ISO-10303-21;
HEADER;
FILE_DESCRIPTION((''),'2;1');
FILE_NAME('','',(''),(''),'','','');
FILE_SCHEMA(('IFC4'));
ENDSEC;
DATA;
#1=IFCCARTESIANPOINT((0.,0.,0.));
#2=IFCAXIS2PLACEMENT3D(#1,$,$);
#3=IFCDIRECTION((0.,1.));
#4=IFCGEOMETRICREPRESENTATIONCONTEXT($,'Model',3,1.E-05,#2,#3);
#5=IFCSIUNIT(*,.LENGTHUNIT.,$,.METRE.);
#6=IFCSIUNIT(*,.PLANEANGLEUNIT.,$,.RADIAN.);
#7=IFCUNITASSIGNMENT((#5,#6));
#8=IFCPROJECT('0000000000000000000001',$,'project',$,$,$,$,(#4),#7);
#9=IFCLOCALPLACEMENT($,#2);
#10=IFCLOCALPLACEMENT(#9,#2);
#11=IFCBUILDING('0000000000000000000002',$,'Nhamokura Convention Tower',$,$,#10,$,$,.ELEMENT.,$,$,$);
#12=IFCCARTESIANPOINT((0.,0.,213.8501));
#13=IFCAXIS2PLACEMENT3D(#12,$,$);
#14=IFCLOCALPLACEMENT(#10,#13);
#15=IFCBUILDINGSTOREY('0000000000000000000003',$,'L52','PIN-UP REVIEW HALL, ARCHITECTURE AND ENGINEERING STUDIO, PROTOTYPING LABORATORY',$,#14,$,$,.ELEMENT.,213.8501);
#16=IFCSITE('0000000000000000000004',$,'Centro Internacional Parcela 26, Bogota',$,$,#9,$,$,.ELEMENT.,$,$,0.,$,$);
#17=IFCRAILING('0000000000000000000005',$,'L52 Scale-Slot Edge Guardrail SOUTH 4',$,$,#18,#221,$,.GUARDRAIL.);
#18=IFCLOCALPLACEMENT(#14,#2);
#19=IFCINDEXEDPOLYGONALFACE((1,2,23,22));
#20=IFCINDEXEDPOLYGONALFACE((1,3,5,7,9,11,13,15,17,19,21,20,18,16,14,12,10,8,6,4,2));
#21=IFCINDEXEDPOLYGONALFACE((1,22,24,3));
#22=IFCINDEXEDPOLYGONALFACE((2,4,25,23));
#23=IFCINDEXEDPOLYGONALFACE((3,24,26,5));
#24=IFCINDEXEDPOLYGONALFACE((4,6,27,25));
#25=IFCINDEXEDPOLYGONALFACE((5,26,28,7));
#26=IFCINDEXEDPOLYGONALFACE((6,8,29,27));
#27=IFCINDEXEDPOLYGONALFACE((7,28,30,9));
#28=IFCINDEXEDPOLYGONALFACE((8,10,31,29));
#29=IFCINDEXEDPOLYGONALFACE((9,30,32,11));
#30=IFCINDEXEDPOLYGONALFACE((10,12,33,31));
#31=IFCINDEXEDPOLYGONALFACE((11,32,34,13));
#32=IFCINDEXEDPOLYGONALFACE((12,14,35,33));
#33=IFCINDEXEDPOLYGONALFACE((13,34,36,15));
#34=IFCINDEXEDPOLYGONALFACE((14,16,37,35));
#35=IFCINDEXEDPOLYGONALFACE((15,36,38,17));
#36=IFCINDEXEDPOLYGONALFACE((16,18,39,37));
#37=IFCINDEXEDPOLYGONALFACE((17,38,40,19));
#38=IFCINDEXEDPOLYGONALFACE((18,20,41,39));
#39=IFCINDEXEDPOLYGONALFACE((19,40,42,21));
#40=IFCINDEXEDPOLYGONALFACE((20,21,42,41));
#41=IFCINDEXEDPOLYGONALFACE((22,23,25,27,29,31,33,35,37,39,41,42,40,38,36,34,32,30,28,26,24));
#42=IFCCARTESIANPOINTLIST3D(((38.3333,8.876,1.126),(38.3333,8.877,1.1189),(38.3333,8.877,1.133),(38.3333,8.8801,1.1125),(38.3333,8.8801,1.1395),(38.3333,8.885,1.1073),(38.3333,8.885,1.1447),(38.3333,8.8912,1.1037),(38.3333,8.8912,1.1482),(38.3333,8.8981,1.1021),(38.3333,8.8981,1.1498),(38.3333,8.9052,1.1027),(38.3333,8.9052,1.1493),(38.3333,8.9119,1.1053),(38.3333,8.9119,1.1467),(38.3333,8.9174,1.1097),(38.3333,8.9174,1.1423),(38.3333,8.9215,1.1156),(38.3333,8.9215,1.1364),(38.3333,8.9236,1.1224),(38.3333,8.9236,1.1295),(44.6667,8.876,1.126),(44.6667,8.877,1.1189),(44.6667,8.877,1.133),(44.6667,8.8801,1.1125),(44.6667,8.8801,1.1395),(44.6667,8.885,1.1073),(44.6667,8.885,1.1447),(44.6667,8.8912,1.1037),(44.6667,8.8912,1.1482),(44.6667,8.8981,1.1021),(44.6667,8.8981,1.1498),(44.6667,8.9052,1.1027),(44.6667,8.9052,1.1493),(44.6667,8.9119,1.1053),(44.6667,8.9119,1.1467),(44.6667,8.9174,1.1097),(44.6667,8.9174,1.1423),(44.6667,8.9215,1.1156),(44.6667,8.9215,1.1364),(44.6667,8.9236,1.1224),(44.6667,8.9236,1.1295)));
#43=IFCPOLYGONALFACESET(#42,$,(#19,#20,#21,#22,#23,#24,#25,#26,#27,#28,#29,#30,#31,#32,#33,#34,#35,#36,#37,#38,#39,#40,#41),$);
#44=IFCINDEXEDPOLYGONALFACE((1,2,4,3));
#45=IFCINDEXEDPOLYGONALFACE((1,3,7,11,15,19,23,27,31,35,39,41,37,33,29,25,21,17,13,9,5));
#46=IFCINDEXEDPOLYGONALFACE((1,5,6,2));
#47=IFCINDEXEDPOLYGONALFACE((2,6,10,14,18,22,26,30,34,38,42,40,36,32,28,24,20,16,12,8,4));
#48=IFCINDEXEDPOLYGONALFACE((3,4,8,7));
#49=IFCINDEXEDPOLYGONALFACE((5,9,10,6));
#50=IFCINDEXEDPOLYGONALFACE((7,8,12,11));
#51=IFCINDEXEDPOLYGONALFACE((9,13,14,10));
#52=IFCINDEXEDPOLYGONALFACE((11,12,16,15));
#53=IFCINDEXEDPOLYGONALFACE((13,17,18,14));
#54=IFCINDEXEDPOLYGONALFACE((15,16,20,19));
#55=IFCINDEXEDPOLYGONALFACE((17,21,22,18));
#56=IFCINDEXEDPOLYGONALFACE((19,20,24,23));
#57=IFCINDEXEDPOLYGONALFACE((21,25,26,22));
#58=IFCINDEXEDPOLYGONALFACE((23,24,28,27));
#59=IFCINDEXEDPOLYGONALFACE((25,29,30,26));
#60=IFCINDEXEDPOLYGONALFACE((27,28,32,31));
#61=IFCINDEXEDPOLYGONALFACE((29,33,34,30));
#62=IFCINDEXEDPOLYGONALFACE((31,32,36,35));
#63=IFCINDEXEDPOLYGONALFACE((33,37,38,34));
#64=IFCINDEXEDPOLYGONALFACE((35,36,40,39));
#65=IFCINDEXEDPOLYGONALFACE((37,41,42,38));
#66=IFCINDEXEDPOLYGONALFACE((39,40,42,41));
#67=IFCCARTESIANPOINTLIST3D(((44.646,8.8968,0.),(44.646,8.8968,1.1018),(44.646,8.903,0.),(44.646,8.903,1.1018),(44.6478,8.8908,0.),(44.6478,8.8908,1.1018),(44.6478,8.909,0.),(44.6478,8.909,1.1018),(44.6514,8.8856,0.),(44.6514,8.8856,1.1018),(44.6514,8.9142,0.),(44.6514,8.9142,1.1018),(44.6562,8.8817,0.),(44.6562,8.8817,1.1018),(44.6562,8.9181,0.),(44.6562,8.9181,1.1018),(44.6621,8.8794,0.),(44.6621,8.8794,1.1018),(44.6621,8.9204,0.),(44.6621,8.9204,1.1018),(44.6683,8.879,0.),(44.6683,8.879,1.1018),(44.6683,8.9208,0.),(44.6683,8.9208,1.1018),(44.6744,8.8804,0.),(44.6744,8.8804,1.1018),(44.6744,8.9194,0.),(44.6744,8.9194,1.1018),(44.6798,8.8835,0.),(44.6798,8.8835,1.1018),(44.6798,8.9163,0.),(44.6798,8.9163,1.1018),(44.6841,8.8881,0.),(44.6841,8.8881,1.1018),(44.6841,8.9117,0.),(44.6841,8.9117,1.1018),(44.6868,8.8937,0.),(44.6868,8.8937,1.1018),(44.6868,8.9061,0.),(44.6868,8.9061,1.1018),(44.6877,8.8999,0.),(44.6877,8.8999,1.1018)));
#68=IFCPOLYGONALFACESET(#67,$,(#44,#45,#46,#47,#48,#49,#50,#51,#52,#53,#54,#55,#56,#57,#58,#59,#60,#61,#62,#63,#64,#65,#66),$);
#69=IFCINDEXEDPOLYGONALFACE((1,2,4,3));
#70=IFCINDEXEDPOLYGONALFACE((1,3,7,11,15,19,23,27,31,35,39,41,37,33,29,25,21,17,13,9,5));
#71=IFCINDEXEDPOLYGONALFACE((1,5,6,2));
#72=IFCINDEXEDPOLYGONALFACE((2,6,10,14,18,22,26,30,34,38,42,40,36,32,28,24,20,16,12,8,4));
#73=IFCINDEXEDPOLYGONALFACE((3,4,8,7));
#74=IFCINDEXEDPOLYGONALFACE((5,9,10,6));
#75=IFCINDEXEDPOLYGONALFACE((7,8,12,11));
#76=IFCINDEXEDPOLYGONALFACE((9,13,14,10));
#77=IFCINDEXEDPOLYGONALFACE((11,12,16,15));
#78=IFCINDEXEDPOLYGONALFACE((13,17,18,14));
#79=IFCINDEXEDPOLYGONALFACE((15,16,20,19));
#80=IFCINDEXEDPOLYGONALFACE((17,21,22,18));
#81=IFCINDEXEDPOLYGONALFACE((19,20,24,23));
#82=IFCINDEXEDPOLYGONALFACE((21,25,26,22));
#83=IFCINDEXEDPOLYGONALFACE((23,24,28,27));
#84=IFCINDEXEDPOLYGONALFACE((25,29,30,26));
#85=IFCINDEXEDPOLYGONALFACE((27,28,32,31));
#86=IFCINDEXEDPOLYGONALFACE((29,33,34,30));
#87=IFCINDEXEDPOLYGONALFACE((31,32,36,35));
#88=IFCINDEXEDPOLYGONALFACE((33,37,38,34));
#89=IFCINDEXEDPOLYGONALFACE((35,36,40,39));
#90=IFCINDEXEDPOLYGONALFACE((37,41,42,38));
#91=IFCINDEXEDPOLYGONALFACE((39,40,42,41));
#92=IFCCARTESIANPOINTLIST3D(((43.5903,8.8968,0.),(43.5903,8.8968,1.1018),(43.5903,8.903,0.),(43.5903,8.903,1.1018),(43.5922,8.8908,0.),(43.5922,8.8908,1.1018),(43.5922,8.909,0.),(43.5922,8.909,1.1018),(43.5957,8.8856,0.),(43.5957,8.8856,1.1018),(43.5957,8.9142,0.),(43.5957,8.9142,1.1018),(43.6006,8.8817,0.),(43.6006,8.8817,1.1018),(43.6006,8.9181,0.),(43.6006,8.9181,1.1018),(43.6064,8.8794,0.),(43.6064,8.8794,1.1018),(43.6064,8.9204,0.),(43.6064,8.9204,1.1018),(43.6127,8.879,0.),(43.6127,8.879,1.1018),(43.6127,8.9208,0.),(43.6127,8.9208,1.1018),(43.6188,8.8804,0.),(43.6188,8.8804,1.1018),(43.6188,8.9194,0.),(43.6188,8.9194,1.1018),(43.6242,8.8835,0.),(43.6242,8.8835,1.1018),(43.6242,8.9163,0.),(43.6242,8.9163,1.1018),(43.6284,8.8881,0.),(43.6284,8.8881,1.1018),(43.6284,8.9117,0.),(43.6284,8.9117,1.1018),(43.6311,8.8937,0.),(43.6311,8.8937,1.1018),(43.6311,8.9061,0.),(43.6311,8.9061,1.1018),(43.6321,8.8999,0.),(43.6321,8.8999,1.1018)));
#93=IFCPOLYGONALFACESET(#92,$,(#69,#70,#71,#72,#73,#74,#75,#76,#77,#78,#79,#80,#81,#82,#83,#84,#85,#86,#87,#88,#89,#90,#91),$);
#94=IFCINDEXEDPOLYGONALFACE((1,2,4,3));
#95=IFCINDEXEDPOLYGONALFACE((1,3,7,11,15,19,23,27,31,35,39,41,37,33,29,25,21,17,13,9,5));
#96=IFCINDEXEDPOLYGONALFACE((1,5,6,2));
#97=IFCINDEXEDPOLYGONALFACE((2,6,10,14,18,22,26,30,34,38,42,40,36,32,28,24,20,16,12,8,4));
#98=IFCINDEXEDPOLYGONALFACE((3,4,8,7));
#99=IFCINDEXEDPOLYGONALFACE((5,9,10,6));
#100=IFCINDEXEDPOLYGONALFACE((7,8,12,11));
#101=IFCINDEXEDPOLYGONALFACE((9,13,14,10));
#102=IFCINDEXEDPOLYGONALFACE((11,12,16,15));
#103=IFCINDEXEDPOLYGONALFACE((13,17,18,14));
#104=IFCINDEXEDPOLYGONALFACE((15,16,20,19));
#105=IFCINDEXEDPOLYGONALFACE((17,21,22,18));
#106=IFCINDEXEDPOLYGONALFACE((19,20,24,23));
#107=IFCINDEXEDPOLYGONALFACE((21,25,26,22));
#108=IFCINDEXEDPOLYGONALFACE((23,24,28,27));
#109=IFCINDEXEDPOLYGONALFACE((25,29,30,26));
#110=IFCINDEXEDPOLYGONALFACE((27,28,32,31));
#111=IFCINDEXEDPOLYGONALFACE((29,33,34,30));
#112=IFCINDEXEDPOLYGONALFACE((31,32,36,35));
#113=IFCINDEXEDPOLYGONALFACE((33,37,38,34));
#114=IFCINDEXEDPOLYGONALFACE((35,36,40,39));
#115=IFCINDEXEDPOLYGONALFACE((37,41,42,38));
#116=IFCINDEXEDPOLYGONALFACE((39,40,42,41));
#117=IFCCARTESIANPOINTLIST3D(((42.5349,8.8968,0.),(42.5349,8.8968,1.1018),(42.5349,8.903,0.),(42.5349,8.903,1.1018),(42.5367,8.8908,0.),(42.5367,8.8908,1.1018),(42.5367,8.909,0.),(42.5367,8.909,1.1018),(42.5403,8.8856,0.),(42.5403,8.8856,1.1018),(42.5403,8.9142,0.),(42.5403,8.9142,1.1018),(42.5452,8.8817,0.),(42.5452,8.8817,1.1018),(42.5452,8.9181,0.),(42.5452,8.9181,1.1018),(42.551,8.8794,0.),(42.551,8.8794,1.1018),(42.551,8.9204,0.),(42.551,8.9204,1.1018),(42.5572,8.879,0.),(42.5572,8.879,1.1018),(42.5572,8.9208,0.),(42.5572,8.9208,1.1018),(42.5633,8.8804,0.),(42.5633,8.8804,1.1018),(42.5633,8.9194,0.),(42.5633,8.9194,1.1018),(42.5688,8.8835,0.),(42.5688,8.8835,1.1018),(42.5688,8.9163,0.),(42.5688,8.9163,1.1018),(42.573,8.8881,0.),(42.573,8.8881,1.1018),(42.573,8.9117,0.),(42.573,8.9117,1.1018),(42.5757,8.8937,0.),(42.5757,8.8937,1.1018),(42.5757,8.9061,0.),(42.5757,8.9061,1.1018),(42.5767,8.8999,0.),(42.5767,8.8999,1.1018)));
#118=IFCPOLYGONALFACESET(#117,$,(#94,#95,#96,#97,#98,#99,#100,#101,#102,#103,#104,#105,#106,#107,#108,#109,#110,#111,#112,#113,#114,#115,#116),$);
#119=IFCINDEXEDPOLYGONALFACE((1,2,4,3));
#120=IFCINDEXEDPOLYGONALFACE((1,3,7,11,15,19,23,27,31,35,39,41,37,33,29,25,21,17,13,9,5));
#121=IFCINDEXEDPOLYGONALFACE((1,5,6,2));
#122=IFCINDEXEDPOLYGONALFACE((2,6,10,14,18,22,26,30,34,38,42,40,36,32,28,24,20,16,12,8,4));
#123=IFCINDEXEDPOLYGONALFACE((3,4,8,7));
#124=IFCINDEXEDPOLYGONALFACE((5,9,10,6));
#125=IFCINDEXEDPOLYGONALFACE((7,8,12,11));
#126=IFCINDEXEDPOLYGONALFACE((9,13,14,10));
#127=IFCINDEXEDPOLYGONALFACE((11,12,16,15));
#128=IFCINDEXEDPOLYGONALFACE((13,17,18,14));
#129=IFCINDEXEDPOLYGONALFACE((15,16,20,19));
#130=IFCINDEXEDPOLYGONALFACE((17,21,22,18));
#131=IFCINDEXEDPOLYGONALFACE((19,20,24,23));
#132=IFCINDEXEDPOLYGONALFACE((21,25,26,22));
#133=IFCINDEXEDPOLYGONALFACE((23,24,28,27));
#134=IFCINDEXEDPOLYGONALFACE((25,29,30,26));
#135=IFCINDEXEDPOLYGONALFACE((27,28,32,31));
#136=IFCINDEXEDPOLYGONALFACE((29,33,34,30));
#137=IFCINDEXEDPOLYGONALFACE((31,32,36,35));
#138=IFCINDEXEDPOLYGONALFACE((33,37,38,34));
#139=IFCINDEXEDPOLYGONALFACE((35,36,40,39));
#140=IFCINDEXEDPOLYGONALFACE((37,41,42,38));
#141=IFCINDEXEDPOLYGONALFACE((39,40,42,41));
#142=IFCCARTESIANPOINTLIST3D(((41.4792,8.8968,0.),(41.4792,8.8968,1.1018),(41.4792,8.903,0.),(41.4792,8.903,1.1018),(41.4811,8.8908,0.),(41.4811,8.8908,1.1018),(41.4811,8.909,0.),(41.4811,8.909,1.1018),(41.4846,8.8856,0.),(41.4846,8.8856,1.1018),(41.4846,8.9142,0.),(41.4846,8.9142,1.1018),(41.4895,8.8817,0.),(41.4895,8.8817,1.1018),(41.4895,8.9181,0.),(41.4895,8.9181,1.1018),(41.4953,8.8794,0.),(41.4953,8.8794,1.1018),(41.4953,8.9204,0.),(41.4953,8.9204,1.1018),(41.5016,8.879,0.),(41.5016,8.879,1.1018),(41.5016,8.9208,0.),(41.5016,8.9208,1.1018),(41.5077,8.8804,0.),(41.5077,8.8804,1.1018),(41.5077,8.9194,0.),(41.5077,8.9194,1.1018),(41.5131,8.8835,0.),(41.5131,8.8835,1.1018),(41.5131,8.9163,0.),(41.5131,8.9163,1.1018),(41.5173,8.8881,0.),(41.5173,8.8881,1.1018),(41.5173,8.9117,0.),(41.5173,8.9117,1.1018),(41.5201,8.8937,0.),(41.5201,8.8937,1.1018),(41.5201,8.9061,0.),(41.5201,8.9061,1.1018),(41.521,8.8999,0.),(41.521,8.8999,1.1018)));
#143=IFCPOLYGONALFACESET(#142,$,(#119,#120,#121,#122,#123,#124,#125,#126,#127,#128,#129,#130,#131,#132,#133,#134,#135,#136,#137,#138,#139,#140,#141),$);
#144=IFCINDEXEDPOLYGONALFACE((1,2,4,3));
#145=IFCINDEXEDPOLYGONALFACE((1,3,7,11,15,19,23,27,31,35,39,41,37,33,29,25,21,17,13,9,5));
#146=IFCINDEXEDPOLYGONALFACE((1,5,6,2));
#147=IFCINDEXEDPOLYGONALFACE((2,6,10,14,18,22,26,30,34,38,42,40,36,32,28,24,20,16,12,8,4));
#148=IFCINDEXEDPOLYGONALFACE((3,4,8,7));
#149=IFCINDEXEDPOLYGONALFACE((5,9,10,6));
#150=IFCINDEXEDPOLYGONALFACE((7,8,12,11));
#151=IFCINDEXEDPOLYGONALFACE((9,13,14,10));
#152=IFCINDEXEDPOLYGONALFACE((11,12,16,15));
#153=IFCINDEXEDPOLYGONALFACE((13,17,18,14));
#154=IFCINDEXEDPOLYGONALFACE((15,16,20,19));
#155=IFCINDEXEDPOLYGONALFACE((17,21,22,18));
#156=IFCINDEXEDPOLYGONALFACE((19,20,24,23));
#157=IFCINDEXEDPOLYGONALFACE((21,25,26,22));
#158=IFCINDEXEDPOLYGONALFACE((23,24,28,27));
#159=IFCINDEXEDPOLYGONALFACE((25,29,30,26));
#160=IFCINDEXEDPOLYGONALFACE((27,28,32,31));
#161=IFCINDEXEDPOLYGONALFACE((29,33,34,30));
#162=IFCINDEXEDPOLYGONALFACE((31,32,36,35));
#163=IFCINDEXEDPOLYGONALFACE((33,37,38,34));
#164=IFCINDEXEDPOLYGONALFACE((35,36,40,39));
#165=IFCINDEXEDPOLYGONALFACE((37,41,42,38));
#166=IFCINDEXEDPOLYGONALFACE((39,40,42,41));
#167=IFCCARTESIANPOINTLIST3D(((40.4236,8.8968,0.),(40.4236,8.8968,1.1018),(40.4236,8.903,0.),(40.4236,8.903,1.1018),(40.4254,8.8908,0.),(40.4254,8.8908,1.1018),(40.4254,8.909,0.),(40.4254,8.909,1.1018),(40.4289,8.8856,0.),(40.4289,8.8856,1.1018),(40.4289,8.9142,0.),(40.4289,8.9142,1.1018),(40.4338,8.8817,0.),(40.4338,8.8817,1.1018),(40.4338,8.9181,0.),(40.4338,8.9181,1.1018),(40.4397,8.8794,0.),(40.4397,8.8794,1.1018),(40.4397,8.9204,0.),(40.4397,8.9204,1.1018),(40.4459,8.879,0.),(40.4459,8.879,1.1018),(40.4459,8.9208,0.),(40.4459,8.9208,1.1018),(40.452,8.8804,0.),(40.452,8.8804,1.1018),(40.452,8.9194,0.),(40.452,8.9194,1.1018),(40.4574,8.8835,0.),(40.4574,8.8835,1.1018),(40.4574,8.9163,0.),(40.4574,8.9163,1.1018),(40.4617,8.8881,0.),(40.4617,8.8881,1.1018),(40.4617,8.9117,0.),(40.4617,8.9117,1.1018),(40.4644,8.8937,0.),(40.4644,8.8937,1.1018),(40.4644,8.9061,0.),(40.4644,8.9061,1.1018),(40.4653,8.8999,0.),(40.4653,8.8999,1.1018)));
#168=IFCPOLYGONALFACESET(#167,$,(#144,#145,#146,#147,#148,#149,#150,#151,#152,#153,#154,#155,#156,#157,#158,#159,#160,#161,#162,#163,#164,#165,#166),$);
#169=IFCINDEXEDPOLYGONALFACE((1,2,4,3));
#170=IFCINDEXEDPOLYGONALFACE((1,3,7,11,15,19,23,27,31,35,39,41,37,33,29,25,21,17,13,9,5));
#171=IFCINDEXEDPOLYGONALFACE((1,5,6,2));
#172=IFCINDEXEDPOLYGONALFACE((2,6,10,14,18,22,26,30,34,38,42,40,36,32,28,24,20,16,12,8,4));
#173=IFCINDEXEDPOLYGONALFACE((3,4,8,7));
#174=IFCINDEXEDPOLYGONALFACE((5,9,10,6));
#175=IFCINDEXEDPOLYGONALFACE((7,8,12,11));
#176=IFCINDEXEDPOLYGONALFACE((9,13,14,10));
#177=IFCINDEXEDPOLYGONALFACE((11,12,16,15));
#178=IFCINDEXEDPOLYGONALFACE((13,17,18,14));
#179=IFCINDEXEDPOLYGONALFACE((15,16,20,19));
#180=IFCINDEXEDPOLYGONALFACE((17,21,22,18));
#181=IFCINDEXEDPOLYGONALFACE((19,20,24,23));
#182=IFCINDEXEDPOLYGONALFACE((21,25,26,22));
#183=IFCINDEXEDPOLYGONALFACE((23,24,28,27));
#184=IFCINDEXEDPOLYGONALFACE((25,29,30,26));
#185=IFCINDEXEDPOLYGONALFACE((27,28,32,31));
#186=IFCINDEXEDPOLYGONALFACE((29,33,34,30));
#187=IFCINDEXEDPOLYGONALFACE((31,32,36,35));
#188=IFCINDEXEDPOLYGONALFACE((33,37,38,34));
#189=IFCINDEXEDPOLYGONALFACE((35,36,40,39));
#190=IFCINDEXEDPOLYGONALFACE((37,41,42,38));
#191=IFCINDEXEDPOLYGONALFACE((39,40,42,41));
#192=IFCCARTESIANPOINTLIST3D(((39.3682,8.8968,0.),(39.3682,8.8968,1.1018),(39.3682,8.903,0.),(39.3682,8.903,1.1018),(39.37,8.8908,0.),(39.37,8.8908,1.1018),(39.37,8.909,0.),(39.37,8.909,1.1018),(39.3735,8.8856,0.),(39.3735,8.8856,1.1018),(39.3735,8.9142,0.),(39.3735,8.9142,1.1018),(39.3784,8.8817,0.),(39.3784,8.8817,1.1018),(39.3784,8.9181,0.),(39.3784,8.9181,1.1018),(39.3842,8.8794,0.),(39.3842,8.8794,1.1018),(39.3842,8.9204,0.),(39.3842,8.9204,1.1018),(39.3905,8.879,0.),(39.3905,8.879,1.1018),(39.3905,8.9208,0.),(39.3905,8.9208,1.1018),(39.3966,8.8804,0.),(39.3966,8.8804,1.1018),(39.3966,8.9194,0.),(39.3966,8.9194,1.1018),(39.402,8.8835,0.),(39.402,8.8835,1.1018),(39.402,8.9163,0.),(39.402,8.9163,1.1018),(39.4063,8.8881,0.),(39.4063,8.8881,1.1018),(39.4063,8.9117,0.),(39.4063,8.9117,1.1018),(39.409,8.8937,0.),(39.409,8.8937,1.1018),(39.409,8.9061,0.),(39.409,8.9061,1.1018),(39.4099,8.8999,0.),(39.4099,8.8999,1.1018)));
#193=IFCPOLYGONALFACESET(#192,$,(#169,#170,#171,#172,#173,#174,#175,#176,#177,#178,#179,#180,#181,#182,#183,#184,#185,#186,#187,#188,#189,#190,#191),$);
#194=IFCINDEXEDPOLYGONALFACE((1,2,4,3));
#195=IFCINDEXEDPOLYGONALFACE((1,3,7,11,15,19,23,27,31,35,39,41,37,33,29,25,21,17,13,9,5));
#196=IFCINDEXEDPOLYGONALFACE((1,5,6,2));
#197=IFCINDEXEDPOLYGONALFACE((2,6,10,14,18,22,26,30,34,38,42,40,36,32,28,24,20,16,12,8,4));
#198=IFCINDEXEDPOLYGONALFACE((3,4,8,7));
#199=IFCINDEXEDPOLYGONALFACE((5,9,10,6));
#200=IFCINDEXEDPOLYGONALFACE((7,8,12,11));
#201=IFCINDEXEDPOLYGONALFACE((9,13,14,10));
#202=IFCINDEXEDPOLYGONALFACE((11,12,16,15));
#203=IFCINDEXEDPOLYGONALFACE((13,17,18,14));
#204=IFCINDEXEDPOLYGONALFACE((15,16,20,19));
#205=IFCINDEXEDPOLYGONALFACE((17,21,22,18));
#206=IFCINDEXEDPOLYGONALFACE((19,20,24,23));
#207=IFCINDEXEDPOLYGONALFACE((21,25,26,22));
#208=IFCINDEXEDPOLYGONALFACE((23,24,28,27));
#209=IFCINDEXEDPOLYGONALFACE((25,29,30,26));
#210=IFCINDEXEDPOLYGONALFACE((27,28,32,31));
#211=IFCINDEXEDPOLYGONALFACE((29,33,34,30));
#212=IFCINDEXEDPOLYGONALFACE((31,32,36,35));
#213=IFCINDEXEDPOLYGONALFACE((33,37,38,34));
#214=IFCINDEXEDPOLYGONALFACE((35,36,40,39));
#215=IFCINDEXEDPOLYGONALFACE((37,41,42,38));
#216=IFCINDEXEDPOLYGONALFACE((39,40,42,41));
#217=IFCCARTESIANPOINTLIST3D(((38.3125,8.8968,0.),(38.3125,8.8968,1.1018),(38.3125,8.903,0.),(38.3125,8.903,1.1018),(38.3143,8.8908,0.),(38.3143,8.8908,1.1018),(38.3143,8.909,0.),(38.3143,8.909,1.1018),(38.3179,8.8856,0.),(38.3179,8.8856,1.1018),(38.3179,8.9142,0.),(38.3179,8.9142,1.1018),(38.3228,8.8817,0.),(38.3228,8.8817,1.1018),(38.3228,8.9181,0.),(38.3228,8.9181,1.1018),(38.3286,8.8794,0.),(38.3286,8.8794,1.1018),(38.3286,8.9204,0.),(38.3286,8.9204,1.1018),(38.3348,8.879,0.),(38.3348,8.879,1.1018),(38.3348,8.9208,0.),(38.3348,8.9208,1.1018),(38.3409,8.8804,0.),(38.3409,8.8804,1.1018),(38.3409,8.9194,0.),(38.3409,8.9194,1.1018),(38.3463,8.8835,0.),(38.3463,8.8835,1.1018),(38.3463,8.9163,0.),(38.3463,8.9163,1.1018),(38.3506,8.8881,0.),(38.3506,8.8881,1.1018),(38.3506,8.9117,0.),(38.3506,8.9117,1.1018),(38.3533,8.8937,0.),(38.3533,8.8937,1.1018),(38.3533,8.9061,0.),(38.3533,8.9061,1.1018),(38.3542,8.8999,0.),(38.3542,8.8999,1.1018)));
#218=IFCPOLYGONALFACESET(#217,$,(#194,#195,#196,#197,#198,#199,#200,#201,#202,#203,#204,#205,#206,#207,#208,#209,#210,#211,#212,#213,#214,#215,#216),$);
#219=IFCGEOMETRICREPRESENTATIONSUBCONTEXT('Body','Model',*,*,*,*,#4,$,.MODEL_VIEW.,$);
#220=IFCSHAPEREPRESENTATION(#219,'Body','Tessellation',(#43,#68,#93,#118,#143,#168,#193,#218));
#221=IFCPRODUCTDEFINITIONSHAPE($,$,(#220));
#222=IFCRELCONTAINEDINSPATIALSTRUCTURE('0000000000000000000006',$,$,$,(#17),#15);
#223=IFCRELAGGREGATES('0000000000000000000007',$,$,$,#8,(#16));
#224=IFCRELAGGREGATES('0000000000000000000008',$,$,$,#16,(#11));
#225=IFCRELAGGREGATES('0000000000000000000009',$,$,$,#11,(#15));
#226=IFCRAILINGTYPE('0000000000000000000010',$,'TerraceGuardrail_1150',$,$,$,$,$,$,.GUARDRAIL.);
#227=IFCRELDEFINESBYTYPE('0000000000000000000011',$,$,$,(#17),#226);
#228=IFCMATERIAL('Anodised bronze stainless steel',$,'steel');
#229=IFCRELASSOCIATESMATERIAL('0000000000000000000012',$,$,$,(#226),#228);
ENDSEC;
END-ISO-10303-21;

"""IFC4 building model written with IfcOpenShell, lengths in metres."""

from ifc_helpers import new_model, si_unit, direction, frame, origin, origin_2d, place, context, subcontext, project, spatial, circle, extrude, material, type_object, element, save


model = new_model("IFC4")

# Units and contexts
model_context = context("Model", 3, precision=1e-05, world=origin(), true_north=direction((0.0, 1.0)))
body_context = subcontext(model_context, "Body", "Model", "MODEL_VIEW")
ifc_project = project(units=[si_unit("LENGTHUNIT", "METRE"), si_unit("PLANEANGLEUNIT", "RADIAN")], contexts=[model_context])

# Site, building, storey
site_placement = place(None, origin())
site = spatial("IfcSite", under=ifc_project, at=site_placement, Name="Centro Internacional Parcela 26, Bogota", CompositionType="ELEMENT", RefElevation=0.0)
building_placement = place(site_placement, origin())
building = spatial("IfcBuilding", under=site, at=building_placement, Name="Nhamokura Convention Tower", CompositionType="ELEMENT")
storey_placement = place(building_placement, frame((0.0, 0.0, 213.8501)))
storey = spatial("IfcBuildingStorey", under=building, at=storey_placement, Name="L52", Description="PIN-UP REVIEW HALL, ARCHITECTURE AND ENGINEERING STUDIO, PROTOTYPING LABORATORY", CompositionType="ELEMENT", Elevation=213.8501)

# Railing
ifc_material_1 = material(Name="Anodised bronze stainless steel", Category="steel")
railing_type = type_object("IfcRailingType", Name="TerraceGuardrail_1150", PredefinedType="GUARDRAIL", material=ifc_material_1)
railing_placement = place(storey_placement, frame((44.6667, 8.8999, 0.0)))
element("IfcRailing", 1, at=railing_placement, inside=storey, type_object=railing_type, Name="L52 Scale-Slot Edge Guardrail SOUTH 4", PredefinedType="GUARDRAIL", context=body_context, shape_type="SweptSolid", body=[
    extrude(circle(Radius=0.0239, at=origin_2d()), frame((0.0, 0.0, 1.126), z_axis=(-1.0, 0.0, 0.0), x_axis=(0.0, -1.0, 0.0)), (0.0, 0.0, 1.0), 6.3335),
    extrude(circle(Radius=0.021, at=origin_2d()), origin(), (0.0, 0.0, 1.0), 1.1018),
    extrude(circle(Radius=0.021, at=origin_2d()), frame((-1.0557, 0.0, 0.0)), (0.0, 0.0, 1.0), 1.1018),
    extrude(circle(Radius=0.021, at=origin_2d()), frame((-2.1111, 0.0, 0.0)), (0.0, 0.0, 1.0), 1.1018),
    extrude(circle(Radius=0.021, at=origin_2d()), frame((-3.1667, 0.0, 0.0)), (0.0, 0.0, 1.0), 1.1018),
    extrude(circle(Radius=0.021, at=origin_2d()), frame((-4.2224, 0.0, 0.0)), (0.0, 0.0, 1.0), 1.1018),
    extrude(circle(Radius=0.021, at=origin_2d()), frame((-5.2778, 0.0, 0.0)), (0.0, 0.0, 1.0), 1.1018),
    extrude(circle(Radius=0.021, at=origin_2d()), frame((-6.3335, 0.0, 0.0)), (0.0, 0.0, 1.0), 1.1018),
])

save(model, "model.ifc")
